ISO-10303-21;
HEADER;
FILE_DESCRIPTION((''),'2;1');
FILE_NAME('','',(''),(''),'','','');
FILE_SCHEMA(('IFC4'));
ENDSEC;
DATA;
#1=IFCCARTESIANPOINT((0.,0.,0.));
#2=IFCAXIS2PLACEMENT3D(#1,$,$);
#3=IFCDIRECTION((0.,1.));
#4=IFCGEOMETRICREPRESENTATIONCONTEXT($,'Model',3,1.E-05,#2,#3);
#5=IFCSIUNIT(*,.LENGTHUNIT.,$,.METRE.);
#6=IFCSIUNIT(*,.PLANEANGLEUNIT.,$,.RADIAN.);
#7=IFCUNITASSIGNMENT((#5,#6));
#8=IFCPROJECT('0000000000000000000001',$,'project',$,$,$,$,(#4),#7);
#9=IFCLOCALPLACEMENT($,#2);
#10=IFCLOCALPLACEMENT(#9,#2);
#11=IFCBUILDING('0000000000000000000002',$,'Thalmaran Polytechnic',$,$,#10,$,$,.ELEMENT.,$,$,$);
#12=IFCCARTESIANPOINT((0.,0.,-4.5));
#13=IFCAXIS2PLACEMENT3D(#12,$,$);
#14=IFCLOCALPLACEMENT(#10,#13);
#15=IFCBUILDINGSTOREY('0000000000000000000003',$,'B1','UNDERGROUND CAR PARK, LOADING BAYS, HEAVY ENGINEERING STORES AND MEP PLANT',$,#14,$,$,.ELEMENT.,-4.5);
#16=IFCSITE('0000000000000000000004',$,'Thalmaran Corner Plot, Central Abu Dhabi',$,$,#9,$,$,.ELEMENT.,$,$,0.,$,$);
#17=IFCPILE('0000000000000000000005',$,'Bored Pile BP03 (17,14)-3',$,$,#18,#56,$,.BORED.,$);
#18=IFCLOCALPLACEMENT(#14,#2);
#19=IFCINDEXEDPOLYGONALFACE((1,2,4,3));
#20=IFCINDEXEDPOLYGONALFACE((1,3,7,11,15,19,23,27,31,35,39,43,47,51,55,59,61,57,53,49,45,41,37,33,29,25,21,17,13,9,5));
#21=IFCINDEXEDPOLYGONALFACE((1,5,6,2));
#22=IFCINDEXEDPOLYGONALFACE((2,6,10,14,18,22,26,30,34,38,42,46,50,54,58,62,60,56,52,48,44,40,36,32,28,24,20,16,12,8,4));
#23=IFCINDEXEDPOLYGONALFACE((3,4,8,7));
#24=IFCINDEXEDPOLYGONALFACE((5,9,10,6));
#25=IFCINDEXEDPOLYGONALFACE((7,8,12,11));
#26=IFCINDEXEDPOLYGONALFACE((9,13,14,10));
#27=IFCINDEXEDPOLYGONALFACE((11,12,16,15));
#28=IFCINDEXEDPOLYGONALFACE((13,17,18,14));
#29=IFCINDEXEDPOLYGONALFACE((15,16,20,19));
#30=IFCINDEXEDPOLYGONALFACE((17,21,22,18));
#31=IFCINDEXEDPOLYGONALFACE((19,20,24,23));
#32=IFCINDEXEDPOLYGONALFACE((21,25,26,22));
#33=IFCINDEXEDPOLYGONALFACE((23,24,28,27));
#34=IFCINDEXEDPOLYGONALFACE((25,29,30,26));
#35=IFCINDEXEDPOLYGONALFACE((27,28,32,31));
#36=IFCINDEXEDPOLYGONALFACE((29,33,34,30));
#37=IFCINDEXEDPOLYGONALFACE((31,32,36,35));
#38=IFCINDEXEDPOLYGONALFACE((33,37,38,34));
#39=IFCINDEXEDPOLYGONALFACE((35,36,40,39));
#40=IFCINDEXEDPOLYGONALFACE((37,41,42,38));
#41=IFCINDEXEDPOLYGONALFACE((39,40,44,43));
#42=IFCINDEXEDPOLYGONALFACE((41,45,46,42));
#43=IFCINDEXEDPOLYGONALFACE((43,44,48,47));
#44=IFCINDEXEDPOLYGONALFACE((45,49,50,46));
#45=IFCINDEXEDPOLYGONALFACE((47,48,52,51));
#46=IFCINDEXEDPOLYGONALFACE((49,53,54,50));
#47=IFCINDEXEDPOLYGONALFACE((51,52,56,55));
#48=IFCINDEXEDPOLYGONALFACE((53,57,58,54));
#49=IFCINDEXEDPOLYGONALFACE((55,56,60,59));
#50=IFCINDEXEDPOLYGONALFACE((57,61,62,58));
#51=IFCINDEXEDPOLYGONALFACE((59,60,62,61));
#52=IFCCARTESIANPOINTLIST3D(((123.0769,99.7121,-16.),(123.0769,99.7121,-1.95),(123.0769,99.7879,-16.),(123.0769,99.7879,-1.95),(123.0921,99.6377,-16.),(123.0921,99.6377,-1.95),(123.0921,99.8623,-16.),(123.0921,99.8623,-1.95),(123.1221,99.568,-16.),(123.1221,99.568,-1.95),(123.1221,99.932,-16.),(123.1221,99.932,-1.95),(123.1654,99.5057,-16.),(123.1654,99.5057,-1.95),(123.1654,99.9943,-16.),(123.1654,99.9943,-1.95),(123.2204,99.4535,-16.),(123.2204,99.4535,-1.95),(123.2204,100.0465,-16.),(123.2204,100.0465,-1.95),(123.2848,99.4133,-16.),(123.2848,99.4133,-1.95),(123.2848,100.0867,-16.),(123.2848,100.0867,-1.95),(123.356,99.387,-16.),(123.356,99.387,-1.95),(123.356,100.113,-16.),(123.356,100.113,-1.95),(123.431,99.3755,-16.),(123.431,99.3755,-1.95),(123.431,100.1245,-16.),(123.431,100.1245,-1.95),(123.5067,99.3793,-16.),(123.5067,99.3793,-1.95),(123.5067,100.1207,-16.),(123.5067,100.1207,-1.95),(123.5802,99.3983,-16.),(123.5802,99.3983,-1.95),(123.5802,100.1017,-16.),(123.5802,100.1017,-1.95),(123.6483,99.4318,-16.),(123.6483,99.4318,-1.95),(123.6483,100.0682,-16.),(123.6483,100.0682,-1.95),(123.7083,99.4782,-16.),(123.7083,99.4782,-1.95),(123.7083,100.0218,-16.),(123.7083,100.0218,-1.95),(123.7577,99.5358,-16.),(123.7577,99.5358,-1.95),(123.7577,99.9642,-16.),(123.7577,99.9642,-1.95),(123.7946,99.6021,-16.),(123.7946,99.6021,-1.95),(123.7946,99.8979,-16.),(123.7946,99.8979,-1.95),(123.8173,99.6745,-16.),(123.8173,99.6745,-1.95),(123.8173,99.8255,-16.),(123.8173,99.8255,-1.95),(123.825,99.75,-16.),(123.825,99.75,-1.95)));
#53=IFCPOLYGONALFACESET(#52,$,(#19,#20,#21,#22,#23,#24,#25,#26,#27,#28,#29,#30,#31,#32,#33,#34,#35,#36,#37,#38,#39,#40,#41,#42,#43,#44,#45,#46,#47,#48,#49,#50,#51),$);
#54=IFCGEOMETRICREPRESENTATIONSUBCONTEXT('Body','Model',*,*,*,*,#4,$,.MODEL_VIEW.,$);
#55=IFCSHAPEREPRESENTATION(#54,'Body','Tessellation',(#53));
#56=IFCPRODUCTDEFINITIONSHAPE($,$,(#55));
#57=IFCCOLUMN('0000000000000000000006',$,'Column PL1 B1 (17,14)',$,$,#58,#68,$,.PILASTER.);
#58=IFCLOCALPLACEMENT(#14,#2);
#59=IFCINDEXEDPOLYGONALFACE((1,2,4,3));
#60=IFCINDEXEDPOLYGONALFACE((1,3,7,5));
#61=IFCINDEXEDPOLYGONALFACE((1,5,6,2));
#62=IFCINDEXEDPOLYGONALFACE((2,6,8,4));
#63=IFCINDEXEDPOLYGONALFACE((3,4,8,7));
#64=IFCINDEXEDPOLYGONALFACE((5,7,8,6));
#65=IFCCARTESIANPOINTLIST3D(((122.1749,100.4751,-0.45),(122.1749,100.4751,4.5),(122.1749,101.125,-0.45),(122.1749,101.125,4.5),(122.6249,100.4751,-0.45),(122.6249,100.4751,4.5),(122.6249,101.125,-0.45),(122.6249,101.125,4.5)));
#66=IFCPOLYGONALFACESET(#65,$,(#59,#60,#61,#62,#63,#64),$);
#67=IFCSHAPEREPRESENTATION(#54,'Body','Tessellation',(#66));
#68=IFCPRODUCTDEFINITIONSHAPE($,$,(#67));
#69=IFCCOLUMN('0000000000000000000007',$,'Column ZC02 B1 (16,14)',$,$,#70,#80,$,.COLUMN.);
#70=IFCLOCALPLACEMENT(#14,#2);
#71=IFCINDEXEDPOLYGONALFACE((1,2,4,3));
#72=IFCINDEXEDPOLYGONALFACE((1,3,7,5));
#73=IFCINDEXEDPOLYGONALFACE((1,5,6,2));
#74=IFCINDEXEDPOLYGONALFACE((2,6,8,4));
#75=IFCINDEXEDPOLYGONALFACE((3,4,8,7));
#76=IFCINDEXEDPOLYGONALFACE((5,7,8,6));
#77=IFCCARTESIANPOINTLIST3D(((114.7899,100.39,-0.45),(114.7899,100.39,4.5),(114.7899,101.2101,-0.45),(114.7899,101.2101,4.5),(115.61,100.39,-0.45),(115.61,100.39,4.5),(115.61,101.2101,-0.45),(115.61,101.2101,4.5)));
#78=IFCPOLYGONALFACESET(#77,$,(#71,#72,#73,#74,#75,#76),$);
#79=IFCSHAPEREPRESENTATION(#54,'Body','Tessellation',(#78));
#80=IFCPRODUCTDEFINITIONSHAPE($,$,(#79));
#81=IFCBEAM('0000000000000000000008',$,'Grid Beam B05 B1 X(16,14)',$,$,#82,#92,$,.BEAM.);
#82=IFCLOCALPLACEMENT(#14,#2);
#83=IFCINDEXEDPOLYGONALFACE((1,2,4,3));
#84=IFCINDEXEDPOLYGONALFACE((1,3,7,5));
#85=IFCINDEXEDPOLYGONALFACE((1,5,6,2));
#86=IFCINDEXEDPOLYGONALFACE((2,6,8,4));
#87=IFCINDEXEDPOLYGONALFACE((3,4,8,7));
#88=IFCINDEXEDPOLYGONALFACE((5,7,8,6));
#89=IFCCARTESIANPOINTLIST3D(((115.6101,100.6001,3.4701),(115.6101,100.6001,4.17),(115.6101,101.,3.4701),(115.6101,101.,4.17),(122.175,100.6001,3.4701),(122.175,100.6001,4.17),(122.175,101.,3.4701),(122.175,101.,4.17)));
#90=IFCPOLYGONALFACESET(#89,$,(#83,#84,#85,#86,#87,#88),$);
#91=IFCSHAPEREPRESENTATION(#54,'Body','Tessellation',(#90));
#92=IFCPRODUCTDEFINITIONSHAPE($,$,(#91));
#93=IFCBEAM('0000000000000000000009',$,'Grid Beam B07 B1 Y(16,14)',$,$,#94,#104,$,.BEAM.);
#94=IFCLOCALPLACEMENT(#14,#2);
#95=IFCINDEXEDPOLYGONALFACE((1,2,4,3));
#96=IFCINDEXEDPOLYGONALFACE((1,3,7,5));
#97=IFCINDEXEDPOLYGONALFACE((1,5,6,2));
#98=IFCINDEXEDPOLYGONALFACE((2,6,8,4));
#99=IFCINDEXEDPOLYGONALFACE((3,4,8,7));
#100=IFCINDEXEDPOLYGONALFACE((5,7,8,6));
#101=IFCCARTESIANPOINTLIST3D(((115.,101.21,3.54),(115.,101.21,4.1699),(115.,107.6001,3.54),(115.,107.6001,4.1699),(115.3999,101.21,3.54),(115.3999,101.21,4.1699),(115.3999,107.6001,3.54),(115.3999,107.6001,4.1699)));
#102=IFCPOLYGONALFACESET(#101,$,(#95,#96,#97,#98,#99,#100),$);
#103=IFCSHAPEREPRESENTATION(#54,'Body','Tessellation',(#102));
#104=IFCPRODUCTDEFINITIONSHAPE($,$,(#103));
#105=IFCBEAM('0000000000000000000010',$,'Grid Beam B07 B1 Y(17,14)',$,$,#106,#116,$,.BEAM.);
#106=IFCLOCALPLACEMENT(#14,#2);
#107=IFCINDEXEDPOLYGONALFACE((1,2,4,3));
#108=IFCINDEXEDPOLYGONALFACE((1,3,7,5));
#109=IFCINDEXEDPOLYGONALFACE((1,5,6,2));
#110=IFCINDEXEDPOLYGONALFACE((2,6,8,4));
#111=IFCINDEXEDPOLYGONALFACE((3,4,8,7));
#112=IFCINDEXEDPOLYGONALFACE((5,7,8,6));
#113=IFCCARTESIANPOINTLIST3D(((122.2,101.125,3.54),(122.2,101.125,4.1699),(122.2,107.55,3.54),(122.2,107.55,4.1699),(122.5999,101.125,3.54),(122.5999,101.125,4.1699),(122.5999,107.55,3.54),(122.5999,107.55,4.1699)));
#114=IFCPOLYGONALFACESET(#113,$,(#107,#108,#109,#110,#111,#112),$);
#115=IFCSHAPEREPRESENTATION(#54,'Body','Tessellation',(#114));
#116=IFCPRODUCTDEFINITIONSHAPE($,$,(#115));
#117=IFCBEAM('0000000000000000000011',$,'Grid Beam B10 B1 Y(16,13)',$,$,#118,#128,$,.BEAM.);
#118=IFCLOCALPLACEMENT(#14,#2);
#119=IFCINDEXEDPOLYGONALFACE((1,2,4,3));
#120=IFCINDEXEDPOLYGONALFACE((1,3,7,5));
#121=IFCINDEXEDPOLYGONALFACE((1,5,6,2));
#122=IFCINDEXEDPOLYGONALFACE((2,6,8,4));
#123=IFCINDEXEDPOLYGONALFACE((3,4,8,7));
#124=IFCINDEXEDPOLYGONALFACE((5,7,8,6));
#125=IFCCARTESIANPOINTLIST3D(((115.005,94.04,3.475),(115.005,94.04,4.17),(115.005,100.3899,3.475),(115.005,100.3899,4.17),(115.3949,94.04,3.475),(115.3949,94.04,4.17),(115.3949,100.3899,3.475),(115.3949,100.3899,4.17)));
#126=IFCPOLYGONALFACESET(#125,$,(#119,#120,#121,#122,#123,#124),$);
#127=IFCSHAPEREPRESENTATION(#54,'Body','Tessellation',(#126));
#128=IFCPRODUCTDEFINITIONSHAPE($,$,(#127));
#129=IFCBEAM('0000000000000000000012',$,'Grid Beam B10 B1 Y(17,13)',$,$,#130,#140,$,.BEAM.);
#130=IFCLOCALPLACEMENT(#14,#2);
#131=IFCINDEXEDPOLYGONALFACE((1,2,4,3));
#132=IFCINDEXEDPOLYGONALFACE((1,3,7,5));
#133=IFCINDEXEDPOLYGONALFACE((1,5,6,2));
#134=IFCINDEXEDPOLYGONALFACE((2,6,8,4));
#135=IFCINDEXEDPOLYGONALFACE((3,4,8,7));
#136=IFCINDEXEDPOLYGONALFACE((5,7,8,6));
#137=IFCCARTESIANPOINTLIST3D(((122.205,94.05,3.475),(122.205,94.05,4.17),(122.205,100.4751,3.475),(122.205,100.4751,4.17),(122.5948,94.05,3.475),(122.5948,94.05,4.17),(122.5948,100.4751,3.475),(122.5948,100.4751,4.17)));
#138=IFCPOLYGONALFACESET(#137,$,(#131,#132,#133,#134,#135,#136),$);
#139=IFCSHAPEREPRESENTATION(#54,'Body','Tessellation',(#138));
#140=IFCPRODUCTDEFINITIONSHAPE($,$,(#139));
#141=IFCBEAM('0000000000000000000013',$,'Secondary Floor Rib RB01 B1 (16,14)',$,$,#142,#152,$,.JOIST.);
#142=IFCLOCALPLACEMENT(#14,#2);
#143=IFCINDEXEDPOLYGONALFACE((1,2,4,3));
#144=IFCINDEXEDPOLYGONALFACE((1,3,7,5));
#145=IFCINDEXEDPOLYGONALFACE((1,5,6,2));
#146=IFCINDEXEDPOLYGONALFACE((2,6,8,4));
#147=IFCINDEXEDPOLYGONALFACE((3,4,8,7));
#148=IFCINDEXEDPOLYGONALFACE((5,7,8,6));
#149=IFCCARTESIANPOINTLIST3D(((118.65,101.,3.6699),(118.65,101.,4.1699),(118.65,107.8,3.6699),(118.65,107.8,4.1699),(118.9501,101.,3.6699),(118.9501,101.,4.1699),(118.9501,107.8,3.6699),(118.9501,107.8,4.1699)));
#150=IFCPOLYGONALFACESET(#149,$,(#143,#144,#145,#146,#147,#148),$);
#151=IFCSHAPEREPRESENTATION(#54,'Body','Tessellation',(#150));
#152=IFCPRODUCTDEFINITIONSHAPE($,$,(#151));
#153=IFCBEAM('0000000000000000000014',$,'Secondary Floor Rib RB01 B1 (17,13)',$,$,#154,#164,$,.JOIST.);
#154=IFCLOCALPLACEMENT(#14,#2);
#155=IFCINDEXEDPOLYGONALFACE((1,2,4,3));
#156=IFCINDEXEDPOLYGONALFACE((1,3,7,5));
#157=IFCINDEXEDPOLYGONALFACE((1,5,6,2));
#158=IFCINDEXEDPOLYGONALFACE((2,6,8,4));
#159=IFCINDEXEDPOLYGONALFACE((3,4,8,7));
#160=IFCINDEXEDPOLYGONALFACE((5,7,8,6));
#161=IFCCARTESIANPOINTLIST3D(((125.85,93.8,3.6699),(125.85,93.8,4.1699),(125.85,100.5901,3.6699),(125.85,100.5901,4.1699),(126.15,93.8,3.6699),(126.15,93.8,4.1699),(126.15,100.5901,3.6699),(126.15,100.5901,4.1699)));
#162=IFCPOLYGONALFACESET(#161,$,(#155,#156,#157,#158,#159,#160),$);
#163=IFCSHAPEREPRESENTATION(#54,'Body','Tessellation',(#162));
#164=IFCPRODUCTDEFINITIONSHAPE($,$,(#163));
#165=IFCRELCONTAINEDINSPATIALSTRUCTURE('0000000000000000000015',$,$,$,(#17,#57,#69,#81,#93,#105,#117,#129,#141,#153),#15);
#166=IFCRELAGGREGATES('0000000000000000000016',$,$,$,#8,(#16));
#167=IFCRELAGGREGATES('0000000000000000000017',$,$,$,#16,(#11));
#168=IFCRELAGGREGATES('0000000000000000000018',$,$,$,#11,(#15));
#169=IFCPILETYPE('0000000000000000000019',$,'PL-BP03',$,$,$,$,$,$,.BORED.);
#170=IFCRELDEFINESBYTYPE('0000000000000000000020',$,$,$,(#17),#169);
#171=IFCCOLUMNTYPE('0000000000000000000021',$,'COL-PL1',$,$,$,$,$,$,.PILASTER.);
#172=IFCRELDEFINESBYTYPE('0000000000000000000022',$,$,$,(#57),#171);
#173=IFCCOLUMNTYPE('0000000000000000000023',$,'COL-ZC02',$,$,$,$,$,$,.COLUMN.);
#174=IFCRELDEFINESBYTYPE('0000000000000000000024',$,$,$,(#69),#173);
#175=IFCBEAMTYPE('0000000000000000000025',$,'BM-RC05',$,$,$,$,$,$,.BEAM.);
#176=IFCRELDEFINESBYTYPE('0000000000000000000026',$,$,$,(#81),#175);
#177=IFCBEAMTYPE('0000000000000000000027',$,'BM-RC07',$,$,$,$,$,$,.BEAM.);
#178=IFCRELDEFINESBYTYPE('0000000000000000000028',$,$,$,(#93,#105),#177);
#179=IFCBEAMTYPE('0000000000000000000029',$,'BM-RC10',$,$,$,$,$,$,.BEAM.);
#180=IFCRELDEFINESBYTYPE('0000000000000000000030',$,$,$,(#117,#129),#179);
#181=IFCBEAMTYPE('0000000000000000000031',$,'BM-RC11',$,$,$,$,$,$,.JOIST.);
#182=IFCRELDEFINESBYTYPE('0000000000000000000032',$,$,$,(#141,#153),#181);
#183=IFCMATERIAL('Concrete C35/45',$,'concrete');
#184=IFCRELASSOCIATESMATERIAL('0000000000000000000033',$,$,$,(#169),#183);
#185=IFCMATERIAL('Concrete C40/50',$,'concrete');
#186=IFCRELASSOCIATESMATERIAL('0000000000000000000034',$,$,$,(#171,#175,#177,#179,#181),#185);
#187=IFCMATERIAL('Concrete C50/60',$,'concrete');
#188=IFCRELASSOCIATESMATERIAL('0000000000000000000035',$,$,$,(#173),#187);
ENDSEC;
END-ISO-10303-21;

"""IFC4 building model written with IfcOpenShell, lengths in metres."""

from ifc_helpers import new_model, si_unit, direction, frame, origin, origin_2d, place, context, subcontext, project, spatial, rectangle, circle, extrude, material, material_profile, profile_set, type_object, element, save


model = new_model("IFC4")

# Units and contexts
model_context = context("Model", 3, precision=1e-05, world=origin(), true_north=direction((0.0, 1.0)))
body_context = subcontext(model_context, "Body", "Model", "MODEL_VIEW")
ifc_project = project(units=[si_unit("LENGTHUNIT", "METRE"), si_unit("PLANEANGLEUNIT", "RADIAN")], contexts=[model_context])

# Site, building, storey
site_placement = place(None, origin())
site = spatial("IfcSite", under=ifc_project, at=site_placement, Name="Thalmaran Corner Plot, Central Abu Dhabi", CompositionType="ELEMENT", RefElevation=0.0)
building_placement = place(site_placement, origin())
building = spatial("IfcBuilding", under=site, at=building_placement, Name="Thalmaran Polytechnic", CompositionType="ELEMENT")
storey_placement = place(building_placement, frame((0.0, 0.0, -4.5)))
storey = spatial("IfcBuildingStorey", under=building, at=storey_placement, Name="B1", Description="UNDERGROUND CAR PARK, LOADING BAYS, HEAVY ENGINEERING STORES AND MEP PLANT", CompositionType="ELEMENT", Elevation=-4.5)

# Shared definitions
ifc_material_1 = material(Name="Concrete C40/50", Category="concrete")

# Pile
ifc_material_2 = material(Name="Concrete C35/45", Category="concrete")
ifc_material_profile_1 = material_profile(ifc_material_2, circle(Radius=0.375, at=origin_2d()), Name="RC 750 DIA")
ifc_profile_set_1 = profile_set([ifc_material_profile_1], Name="Concrete C35/45")
pile_type = type_object("IfcPileType", Name="PL-BP03", PredefinedType="BORED", material=ifc_profile_set_1)
for number, where, z_axis, x_axis, name in (
    (1, (123.45, 99.75, -1.95), (0.0, 0.0, -1.0), (1.0, 0.0, 0.0), "Bored Pile BP03 (17,14)-3"),
):
    element("IfcPile", number, at=place(storey_placement, frame(where, z_axis=z_axis, x_axis=x_axis)), inside=storey, type_object=pile_type, Name=name, PredefinedType="BORED", context=body_context, shape_type="SweptSolid", body=[
        extrude(circle(Radius=0.375, at=origin_2d()), origin(), (0.0, 0.0, 1.0), 14.05),
    ])

# Columns
ifc_material_profile_2 = material_profile(ifc_material_1, rectangle(XDim=0.45, YDim=0.6499, at=origin_2d()), Name="RC 450x650")
ifc_profile_set_2 = profile_set([ifc_material_profile_2], Name="Concrete C40/50")
column_type_1 = type_object("IfcColumnType", Name="COL-PL1", PredefinedType="PILASTER", material=ifc_profile_set_2)
column_1_placement = place(storey_placement, frame((122.3999, 100.8, -0.45), z_axis=(0.0, 0.0, 1.0), x_axis=(1.0, 0.0, 0.0)))
element("IfcColumn", 2, at=column_1_placement, inside=storey, type_object=column_type_1, Name="Column PL1 B1 (17,14)", PredefinedType="PILASTER", context=body_context, shape_type="SweptSolid", body=[
    extrude(rectangle(XDim=0.45, YDim=0.6499, at=origin_2d()), origin(), (0.0, 0.0, 1.0), 4.95),
])
ifc_material_3 = material(Name="Concrete C50/60", Category="concrete")
ifc_material_profile_3 = material_profile(ifc_material_3, rectangle(XDim=0.8201, YDim=0.8201, at=origin_2d()), Name="RC 820x820")
ifc_profile_set_3 = profile_set([ifc_material_profile_3], Name="Concrete C50/60")
column_type_2 = type_object("IfcColumnType", Name="COL-ZC02", PredefinedType="COLUMN", material=ifc_profile_set_3)
column_2_placement = place(storey_placement, frame((115.2, 100.8, -0.45), z_axis=(0.0, 0.0, 1.0), x_axis=(1.0, 0.0, 0.0)))
element("IfcColumn", 3, at=column_2_placement, inside=storey, type_object=column_type_2, Name="Column ZC02 B1 (16,14)", PredefinedType="COLUMN", context=body_context, shape_type="SweptSolid", body=[
    extrude(rectangle(XDim=0.8201, YDim=0.8201, at=origin_2d()), origin(), (0.0, 0.0, 1.0), 4.95),
])

# Beams
ifc_material_profile_4 = material_profile(ifc_material_1, rectangle(XDim=0.3999, YDim=0.7, at=origin_2d()), Name="RC 400x700")
ifc_profile_set_4 = profile_set([ifc_material_profile_4], Name="Concrete C40/50")
beam_type_1 = type_object("IfcBeamType", Name="BM-RC05", PredefinedType="BEAM", material=ifc_profile_set_4)
beam_1_placement = place(storey_placement, frame((115.6101, 100.8, 3.8201), z_axis=(1.0, 0.0, 0.0), x_axis=(0.0, 1.0, 0.0)))
element("IfcBeam", 4, at=beam_1_placement, inside=storey, type_object=beam_type_1, Name="Grid Beam B05 B1 X(16,14)", PredefinedType="BEAM", context=body_context, shape_type="SweptSolid", body=[
    extrude(rectangle(XDim=0.3999, YDim=0.7, at=origin_2d()), origin(), (0.0, 0.0, 1.0), 6.5649),
])
ifc_material_profile_5 = material_profile(ifc_material_1, rectangle(XDim=0.3999, YDim=0.6299, at=origin_2d()), Name="RC 400x630")
ifc_profile_set_5 = profile_set([ifc_material_profile_5], Name="Concrete C40/50")
beam_type_2 = type_object("IfcBeamType", Name="BM-RC07", PredefinedType="BEAM", material=ifc_profile_set_5)
beam_2_placement = place(storey_placement, frame((115.2, 101.21, 3.855), z_axis=(0.0, 1.0, 0.0), x_axis=(-1.0, 0.0, 0.0)))
element("IfcBeam", 5, at=beam_2_placement, inside=storey, type_object=beam_type_2, Name="Grid Beam B07 B1 Y(16,14)", PredefinedType="BEAM", context=body_context, shape_type="SweptSolid", body=[
    extrude(rectangle(XDim=0.3999, YDim=0.6299, at=origin_2d()), origin(), (0.0, 0.0, 1.0), 6.3901),
])
beam_3_placement = place(storey_placement, frame((122.3999, 101.125, 3.855), z_axis=(0.0, 1.0, 0.0), x_axis=(-1.0, 0.0, 0.0)))
element("IfcBeam", 6, at=beam_3_placement, inside=storey, type_object=beam_type_2, Name="Grid Beam B07 B1 Y(17,14)", PredefinedType="BEAM", context=body_context, shape_type="SweptSolid", body=[
    extrude(rectangle(XDim=0.3999, YDim=0.6299, at=origin_2d()), origin(), (0.0, 0.0, 1.0), 6.425),
])
ifc_material_profile_6 = material_profile(ifc_material_1, rectangle(XDim=0.3899, YDim=0.6951, at=origin_2d()), Name="RC 390x695")
ifc_profile_set_6 = profile_set([ifc_material_profile_6], Name="Concrete C40/50")
beam_type_3 = type_object("IfcBeamType", Name="BM-RC10", PredefinedType="BEAM", material=ifc_profile_set_6)
beam_4_placement = place(storey_placement, frame((115.2, 94.04, 3.8225), z_axis=(0.0, 1.0, 0.0), x_axis=(-1.0, 0.0, 0.0)))
element("IfcBeam", 7, at=beam_4_placement, inside=storey, type_object=beam_type_3, Name="Grid Beam B10 B1 Y(16,13)", PredefinedType="BEAM", context=body_context, shape_type="SweptSolid", body=[
    extrude(rectangle(XDim=0.3899, YDim=0.6951, at=origin_2d()), origin(), (0.0, 0.0, 1.0), 6.3499),
])
beam_5_placement = place(storey_placement, frame((122.3999, 94.05, 3.8225), z_axis=(0.0, 1.0, 0.0), x_axis=(-1.0, 0.0, 0.0)))
element("IfcBeam", 8, at=beam_5_placement, inside=storey, type_object=beam_type_3, Name="Grid Beam B10 B1 Y(17,13)", PredefinedType="BEAM", context=body_context, shape_type="SweptSolid", body=[
    extrude(rectangle(XDim=0.3899, YDim=0.6951, at=origin_2d()), origin(), (0.0, 0.0, 1.0), 6.425),
])
ifc_material_profile_7 = material_profile(ifc_material_1, rectangle(XDim=0.3, YDim=0.5, at=origin_2d()), Name="RC 300x500")
ifc_profile_set_7 = profile_set([ifc_material_profile_7], Name="Concrete C40/50")
beam_type_4 = type_object("IfcBeamType", Name="BM-RC11", PredefinedType="JOIST", material=ifc_profile_set_7)
beam_6_placement = place(storey_placement, frame((118.8, 101.0, 3.9199), z_axis=(0.0, 1.0, 0.0), x_axis=(-1.0, 0.0, 0.0)))
element("IfcBeam", 9, at=beam_6_placement, inside=storey, type_object=beam_type_4, Name="Secondary Floor Rib RB01 B1 (16,14)", PredefinedType="JOIST", context=body_context, shape_type="SweptSolid", body=[
    extrude(rectangle(XDim=0.3, YDim=0.5, at=origin_2d()), origin(), (0.0, 0.0, 1.0), 6.8),
])
beam_7_placement = place(storey_placement, frame((126.0, 93.8, 3.9199), z_axis=(0.0, 1.0, 0.0), x_axis=(-1.0, 0.0, 0.0)))
element("IfcBeam", 10, at=beam_7_placement, inside=storey, type_object=beam_type_4, Name="Secondary Floor Rib RB01 B1 (17,13)", PredefinedType="JOIST", context=body_context, shape_type="SweptSolid", body=[
    extrude(rectangle(XDim=0.3, YDim=0.5, at=origin_2d()), origin(), (0.0, 0.0, 1.0), 6.79),
])

save(model, "model.ifc")
